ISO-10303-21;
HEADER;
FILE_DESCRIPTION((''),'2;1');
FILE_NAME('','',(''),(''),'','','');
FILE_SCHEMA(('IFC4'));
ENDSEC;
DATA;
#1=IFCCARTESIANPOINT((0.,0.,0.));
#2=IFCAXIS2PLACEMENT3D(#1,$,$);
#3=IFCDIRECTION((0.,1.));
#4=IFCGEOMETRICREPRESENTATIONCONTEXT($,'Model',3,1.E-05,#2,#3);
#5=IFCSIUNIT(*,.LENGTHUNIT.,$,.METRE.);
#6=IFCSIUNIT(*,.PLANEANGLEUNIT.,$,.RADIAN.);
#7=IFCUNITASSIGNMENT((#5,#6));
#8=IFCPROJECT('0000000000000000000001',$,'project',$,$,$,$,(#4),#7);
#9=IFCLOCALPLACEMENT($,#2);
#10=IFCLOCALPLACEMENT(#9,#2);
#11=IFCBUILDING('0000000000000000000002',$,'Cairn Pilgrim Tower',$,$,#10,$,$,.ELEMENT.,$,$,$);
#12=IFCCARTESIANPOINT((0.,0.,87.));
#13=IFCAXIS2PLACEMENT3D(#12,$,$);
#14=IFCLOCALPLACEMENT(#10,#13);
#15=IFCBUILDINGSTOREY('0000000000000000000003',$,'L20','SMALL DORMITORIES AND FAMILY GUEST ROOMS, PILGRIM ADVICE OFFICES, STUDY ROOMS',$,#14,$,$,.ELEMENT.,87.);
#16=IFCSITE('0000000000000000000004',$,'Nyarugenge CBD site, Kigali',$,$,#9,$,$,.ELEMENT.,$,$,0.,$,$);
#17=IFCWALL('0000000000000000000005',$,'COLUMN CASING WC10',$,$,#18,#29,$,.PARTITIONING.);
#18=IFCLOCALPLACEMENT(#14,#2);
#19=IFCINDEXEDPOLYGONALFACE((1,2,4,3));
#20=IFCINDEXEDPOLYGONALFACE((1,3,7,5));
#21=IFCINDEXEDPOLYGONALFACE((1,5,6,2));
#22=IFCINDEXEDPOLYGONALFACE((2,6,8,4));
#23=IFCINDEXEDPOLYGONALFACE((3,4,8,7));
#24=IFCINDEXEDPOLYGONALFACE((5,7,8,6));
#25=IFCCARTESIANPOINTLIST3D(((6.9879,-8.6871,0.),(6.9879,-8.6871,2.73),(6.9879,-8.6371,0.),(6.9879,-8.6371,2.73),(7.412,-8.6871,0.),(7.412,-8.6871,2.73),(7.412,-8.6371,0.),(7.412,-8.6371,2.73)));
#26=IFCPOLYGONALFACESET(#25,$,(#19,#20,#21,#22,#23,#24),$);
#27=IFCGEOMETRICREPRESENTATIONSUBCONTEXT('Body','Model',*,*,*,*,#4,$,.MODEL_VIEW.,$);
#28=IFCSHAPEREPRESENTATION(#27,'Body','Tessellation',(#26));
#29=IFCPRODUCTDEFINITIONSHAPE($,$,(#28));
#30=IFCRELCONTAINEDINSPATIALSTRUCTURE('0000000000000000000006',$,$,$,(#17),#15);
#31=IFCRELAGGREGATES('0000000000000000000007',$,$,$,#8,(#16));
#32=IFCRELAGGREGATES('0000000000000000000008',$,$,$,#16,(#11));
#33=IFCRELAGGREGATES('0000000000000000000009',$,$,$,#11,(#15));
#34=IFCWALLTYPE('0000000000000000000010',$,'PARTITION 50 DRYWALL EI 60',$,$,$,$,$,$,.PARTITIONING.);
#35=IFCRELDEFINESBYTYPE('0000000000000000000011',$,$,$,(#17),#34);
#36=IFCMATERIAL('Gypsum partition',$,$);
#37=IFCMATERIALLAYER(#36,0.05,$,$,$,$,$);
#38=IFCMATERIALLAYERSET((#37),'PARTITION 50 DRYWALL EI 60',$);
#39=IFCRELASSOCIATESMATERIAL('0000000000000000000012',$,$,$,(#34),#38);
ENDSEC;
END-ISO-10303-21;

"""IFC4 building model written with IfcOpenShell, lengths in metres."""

from ifc_helpers import new_model, si_unit, direction, frame, frame_2d, origin, place, context, subcontext, project, spatial, rectangle, extrude, material, layer, layer_set, type_object, element, save


model = new_model("IFC4")

# Units and contexts
model_context = context("Model", 3, precision=1e-05, world=origin(), true_north=direction((0.0, 1.0)))
body_context = subcontext(model_context, "Body", "Model", "MODEL_VIEW")
ifc_project = project(units=[si_unit("LENGTHUNIT", "METRE"), si_unit("PLANEANGLEUNIT", "RADIAN")], contexts=[model_context])

# Site, building, storey
site_placement = place(None, origin())
site = spatial("IfcSite", under=ifc_project, at=site_placement, Name="Nyarugenge CBD site, Kigali", CompositionType="ELEMENT", RefElevation=0.0)
building_placement = place(site_placement, origin())
building = spatial("IfcBuilding", under=site, at=building_placement, Name="Cairn Pilgrim Tower", CompositionType="ELEMENT")
storey_placement = place(building_placement, frame((0.0, 0.0, 87.0)))
storey = spatial("IfcBuildingStorey", under=building, at=storey_placement, Name="L20", Description="SMALL DORMITORIES AND FAMILY GUEST ROOMS, PILGRIM ADVICE OFFICES, STUDY ROOMS", CompositionType="ELEMENT", Elevation=87.0)

# Shared definitions
ifc_material_1 = material(Name="Gypsum partition")

# Wall
ifc_layer_1 = layer(ifc_material_1, 0.05)
ifc_layer_set_1 = layer_set([ifc_layer_1], Name="PARTITION 50 DRYWALL EI 60")
wall_type_1 = type_object("IfcWallType", Name="PARTITION 50 DRYWALL EI 60", PredefinedType="PARTITIONING", material=ifc_layer_set_1)
wall_1_placement = place(storey_placement, frame((6.988, -8.6621, 0.0), z_axis=(0.0, 0.0, 1.0), x_axis=(1.0, 0.0, 0.0)))
element("IfcWall", 1, at=wall_1_placement, inside=storey, type_object=wall_type_1, Name="COLUMN CASING WC10", PredefinedType="PARTITIONING", context=body_context, shape_type="SweptSolid", body=[
    extrude(rectangle(XDim=0.4241, YDim=0.05, at=frame_2d((0.2119, 0.0))), origin(), (0.0, 0.0, 1.0), 2.73),
])

save(model, "model.ifc")
